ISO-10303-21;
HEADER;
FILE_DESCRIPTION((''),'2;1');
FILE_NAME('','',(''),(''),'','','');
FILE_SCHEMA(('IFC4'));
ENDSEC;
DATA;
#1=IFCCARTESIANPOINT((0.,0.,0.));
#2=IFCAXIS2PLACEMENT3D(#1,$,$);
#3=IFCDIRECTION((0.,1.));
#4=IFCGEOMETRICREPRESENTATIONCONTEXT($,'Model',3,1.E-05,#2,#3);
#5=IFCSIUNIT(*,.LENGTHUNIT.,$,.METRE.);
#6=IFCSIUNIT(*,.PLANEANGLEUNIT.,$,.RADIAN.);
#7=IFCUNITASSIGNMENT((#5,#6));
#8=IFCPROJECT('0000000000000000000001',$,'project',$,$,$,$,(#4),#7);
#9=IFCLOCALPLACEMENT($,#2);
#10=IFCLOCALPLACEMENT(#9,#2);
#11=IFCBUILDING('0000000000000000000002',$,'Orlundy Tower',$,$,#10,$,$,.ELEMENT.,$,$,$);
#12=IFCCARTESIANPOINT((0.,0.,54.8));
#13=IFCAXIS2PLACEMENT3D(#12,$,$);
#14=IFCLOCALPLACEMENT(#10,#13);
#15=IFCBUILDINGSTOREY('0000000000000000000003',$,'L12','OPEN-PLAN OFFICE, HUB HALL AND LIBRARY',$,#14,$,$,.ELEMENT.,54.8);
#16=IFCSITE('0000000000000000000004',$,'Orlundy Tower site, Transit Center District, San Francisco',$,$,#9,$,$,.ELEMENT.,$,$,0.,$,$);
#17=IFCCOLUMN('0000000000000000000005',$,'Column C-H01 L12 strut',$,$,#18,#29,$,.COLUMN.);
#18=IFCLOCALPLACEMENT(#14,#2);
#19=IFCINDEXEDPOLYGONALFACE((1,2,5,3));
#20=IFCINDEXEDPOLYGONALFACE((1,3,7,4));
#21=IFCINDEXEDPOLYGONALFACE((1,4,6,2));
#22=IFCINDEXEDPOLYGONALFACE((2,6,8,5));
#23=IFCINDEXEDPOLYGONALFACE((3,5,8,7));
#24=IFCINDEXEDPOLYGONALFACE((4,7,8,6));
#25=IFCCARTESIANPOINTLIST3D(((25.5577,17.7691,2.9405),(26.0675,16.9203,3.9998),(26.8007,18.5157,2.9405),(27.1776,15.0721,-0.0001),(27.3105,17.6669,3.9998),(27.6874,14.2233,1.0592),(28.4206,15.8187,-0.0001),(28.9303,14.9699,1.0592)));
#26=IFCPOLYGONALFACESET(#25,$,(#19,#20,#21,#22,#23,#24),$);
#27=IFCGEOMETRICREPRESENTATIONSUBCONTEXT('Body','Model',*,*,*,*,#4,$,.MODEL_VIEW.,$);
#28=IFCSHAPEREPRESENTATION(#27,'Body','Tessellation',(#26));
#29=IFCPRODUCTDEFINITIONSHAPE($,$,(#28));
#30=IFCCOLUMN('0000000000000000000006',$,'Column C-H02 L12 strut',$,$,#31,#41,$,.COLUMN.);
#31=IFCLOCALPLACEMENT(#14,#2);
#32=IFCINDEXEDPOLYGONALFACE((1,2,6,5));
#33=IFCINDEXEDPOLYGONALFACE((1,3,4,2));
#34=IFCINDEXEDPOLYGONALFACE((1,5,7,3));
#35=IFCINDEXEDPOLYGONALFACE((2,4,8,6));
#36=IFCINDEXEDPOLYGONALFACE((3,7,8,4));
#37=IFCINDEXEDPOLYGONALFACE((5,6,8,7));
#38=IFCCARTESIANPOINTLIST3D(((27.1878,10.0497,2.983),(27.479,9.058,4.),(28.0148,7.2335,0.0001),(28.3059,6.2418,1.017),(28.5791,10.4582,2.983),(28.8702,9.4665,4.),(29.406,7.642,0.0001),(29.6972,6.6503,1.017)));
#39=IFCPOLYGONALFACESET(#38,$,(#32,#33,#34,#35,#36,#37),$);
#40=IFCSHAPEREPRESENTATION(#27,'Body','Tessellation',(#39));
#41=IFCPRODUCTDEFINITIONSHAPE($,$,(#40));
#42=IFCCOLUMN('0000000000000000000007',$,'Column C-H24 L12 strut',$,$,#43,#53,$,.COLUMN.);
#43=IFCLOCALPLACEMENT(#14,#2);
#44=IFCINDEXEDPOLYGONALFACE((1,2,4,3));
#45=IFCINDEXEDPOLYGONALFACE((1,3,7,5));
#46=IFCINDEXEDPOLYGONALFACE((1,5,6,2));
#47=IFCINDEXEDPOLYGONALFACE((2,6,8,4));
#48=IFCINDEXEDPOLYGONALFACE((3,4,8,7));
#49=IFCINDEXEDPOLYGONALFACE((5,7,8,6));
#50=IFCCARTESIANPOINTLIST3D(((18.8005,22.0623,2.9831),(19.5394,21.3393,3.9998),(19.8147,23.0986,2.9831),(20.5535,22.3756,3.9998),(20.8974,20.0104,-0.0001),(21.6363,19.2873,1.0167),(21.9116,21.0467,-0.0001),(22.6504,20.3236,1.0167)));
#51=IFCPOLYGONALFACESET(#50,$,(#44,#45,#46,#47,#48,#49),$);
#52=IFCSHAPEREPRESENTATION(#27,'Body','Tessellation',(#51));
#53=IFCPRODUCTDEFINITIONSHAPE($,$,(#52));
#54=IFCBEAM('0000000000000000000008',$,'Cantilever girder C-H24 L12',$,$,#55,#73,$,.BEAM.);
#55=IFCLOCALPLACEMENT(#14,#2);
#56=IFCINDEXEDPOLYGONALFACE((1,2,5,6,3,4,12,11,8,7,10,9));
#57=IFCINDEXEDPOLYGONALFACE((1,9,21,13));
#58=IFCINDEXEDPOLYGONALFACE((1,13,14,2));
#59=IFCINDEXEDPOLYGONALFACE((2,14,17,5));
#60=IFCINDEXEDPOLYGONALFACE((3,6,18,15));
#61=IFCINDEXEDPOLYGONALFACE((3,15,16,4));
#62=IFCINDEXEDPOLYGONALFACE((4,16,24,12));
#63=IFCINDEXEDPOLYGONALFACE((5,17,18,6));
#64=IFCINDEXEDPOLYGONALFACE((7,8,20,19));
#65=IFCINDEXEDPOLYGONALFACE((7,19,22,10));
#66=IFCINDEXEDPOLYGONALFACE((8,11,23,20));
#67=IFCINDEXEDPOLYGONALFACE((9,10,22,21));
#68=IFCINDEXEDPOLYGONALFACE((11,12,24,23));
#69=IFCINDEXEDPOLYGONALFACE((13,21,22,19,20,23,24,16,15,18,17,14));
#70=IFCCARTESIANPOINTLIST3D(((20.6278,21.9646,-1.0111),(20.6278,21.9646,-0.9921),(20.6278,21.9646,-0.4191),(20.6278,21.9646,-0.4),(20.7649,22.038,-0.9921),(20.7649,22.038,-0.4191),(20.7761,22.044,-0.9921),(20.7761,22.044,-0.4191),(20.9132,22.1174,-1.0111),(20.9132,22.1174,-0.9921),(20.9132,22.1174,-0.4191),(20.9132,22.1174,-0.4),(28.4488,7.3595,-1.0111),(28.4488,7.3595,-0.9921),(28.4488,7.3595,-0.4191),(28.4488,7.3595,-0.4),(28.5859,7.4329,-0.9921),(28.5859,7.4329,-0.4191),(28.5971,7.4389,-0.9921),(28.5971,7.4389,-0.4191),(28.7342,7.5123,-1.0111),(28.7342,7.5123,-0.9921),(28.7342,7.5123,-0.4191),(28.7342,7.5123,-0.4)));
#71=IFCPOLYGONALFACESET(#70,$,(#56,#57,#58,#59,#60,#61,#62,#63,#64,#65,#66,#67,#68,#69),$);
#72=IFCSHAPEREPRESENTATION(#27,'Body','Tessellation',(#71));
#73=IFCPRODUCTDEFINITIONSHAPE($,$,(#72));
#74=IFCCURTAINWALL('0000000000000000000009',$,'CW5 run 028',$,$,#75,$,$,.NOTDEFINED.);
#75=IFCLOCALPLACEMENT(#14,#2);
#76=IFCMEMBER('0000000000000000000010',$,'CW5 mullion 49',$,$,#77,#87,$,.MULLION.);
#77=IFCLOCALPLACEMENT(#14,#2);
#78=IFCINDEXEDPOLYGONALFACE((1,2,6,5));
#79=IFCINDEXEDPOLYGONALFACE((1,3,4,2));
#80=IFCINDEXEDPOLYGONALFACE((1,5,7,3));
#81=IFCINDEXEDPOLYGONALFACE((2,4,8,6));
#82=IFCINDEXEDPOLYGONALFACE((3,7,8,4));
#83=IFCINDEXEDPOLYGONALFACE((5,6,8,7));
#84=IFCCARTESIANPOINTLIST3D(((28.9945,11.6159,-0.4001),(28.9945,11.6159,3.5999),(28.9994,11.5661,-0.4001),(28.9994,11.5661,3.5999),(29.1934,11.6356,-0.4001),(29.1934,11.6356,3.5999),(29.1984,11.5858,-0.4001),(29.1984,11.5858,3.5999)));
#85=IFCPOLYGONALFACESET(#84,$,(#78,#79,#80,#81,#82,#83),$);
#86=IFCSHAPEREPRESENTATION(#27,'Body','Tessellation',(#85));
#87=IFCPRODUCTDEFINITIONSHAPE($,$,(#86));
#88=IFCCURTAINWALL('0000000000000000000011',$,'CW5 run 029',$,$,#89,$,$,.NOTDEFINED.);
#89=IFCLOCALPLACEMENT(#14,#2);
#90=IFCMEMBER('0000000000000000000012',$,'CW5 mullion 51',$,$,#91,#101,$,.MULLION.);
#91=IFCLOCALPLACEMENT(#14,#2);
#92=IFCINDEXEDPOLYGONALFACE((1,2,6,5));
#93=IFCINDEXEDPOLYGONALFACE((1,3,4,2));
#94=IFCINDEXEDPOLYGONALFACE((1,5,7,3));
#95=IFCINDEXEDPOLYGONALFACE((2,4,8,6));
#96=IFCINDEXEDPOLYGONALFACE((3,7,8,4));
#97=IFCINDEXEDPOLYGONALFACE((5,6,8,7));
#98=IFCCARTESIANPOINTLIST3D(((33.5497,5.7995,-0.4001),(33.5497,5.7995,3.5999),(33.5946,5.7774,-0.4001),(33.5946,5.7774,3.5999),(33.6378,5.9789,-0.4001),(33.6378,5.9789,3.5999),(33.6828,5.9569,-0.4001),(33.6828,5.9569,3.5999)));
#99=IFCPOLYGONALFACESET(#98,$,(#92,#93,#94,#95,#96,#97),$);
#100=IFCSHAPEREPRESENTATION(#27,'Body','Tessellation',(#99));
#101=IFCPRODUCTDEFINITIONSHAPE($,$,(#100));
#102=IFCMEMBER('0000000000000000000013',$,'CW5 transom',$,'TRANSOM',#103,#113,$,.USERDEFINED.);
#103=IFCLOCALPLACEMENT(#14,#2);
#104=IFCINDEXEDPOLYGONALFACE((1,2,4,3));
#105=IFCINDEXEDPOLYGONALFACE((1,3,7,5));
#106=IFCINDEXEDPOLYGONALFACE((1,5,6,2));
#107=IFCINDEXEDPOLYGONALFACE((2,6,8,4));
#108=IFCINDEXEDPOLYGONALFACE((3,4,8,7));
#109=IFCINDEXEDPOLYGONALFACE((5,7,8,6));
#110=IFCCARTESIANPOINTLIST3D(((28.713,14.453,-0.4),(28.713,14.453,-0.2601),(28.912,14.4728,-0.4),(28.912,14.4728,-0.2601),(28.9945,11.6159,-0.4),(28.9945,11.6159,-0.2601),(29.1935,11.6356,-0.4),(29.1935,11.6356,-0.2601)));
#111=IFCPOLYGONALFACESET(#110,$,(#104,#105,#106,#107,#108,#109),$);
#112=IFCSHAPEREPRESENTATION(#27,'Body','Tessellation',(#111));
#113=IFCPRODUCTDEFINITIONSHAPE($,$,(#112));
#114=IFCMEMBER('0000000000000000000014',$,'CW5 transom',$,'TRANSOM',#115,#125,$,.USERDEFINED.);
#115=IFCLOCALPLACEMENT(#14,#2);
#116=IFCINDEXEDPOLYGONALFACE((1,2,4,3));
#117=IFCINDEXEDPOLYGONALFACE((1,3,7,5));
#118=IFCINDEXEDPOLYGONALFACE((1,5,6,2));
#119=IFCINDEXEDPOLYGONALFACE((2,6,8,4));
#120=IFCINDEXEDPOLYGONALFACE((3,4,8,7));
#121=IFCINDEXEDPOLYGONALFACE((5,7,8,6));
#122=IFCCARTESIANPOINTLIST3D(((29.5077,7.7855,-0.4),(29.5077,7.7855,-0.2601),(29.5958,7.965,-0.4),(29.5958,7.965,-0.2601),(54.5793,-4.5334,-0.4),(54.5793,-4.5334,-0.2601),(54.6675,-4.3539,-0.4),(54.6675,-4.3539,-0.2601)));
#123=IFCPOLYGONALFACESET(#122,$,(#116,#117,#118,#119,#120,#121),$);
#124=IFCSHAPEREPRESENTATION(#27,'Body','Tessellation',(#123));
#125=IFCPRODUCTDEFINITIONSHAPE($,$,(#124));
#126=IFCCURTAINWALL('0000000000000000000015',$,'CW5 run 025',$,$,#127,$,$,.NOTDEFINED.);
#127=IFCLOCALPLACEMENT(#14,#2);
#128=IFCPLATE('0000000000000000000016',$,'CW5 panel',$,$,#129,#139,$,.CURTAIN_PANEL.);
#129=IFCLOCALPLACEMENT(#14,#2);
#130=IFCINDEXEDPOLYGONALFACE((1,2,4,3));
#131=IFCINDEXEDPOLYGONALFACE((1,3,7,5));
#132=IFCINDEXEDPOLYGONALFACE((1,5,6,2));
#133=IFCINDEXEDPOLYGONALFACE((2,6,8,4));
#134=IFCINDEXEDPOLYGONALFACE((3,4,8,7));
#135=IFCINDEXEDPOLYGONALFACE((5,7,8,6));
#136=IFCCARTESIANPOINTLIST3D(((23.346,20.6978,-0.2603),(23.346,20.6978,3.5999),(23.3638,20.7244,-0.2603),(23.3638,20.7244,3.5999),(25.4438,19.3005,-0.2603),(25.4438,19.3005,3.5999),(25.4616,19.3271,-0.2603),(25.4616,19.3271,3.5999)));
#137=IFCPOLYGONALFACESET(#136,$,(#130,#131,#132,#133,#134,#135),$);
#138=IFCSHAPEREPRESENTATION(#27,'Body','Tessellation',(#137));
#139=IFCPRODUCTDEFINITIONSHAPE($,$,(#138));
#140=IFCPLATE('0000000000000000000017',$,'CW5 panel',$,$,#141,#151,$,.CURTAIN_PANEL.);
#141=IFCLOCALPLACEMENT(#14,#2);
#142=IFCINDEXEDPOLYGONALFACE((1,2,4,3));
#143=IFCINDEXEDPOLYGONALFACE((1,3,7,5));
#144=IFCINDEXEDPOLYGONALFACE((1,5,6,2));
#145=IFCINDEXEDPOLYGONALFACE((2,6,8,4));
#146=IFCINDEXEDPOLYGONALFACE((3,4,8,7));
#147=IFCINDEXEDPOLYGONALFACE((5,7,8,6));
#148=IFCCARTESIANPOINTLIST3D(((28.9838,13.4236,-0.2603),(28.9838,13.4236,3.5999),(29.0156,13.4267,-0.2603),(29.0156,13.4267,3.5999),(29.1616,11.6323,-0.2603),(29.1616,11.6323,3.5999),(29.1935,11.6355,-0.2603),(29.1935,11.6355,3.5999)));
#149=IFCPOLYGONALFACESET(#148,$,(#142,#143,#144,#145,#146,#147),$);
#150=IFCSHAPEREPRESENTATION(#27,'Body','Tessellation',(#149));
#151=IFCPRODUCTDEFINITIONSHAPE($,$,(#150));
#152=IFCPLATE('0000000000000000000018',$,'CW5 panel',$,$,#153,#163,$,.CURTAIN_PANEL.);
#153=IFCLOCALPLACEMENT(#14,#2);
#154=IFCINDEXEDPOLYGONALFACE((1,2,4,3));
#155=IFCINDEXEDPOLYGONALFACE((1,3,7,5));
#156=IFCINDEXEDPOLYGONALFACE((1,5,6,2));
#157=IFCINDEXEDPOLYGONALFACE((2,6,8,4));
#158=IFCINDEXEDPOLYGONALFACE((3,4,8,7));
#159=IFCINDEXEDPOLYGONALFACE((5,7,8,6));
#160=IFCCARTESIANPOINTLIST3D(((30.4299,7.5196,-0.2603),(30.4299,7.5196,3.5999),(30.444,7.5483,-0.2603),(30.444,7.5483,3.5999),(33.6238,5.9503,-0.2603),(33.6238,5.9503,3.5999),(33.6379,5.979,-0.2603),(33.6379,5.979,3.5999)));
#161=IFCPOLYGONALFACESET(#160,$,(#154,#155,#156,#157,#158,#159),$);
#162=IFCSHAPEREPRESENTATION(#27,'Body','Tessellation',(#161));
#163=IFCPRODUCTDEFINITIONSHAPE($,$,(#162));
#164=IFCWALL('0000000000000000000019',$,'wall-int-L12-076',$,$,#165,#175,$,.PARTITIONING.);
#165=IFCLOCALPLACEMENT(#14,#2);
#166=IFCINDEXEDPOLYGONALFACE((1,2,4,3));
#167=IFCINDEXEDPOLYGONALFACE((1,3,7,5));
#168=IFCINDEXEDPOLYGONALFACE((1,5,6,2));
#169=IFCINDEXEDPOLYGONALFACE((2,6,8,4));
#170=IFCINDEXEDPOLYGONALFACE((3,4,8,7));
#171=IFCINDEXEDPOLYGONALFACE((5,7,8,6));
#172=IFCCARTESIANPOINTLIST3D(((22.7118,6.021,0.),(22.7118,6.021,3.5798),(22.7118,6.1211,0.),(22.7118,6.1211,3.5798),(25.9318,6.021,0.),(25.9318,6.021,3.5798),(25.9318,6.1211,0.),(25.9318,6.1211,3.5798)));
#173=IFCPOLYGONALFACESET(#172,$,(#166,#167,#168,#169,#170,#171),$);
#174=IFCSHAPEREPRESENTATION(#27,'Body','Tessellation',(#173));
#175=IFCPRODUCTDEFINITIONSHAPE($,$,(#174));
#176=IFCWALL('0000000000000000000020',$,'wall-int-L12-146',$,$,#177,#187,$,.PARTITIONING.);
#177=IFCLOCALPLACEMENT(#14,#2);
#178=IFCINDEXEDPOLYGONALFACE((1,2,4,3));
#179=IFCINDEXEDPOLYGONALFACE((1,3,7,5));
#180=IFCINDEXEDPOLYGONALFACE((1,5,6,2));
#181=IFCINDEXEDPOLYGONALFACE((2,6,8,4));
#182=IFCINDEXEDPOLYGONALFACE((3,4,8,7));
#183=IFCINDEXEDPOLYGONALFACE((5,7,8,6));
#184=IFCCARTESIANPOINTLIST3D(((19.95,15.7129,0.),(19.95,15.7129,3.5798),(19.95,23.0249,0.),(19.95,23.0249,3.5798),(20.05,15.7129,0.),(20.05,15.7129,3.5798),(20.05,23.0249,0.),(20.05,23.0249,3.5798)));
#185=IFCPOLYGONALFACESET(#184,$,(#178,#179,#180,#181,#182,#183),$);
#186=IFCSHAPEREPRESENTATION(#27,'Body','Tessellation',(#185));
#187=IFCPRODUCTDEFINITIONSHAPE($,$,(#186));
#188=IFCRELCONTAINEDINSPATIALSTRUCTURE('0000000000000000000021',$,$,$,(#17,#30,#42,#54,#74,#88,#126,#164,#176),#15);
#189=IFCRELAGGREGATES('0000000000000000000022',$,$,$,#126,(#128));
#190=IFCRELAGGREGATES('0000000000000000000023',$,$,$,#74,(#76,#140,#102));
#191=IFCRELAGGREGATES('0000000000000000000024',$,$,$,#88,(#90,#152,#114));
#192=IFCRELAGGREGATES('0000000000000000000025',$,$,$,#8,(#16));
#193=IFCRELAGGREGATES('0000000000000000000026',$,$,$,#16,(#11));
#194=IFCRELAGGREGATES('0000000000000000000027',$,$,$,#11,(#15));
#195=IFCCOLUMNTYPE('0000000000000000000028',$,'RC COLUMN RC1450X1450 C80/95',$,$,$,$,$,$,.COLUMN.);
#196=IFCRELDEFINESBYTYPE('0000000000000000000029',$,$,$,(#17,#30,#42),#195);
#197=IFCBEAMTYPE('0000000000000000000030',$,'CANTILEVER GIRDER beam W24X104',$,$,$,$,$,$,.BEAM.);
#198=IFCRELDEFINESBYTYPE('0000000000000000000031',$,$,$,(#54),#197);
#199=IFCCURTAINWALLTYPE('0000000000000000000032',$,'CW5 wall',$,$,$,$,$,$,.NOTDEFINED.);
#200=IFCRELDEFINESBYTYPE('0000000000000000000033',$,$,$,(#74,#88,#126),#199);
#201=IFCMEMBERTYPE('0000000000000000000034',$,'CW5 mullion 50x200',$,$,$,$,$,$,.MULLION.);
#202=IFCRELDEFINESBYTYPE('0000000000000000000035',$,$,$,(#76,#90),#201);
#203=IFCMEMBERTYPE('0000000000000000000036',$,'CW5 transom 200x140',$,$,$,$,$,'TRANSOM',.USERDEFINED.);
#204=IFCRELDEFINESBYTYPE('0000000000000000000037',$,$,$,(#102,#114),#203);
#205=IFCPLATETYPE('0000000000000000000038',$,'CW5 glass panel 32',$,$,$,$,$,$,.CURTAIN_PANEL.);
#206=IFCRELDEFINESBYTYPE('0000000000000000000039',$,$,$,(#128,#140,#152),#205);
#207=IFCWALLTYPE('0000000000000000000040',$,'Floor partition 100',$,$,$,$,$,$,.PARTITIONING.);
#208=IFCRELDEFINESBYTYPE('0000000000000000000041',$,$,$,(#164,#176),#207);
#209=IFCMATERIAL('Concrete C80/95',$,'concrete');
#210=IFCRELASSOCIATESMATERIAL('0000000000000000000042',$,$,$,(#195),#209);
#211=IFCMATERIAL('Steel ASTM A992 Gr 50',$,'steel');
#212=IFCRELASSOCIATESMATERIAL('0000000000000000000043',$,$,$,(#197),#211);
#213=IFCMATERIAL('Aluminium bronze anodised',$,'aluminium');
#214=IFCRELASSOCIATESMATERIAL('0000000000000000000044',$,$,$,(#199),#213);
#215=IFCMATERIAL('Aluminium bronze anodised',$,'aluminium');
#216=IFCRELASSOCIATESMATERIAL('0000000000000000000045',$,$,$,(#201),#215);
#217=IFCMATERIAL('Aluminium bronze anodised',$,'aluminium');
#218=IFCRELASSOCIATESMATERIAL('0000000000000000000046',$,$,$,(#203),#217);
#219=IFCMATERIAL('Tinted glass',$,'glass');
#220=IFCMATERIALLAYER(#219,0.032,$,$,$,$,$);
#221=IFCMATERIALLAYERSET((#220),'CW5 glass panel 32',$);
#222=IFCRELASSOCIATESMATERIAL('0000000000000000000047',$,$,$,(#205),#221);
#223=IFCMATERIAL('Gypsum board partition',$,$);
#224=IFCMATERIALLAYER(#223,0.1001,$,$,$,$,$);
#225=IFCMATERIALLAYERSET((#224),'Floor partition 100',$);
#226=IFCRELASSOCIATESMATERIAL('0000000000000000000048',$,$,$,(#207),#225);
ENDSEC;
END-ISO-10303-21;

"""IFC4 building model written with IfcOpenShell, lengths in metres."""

from ifc_helpers import new_model, si_unit, direction, frame, frame_2d, origin, origin_2d, place, context, subcontext, project, spatial, rectangle, i_section, extrude, material, layer, layer_set, material_profile, profile_set, type_object, element, aggregate, save


model = new_model("IFC4")

# Units and contexts
model_context = context("Model", 3, precision=1e-05, world=origin(), true_north=direction((0.0, 1.0)))
body_context = subcontext(model_context, "Body", "Model", "MODEL_VIEW")
ifc_project = project(units=[si_unit("LENGTHUNIT", "METRE"), si_unit("PLANEANGLEUNIT", "RADIAN")], contexts=[model_context])

# Site, building, storey
site_placement = place(None, origin())
site = spatial("IfcSite", under=ifc_project, at=site_placement, Name="Orlundy Tower site, Transit Center District, San Francisco", CompositionType="ELEMENT", RefElevation=0.0)
building_placement = place(site_placement, origin())
building = spatial("IfcBuilding", under=site, at=building_placement, Name="Orlundy Tower", CompositionType="ELEMENT")
storey_placement = place(building_placement, frame((0.0, 0.0, 54.8)))
storey = spatial("IfcBuildingStorey", under=building, at=storey_placement, Name="L12", Description="OPEN-PLAN OFFICE, HUB HALL AND LIBRARY", CompositionType="ELEMENT", Elevation=54.8)

# Columns
ifc_material_1 = material(Name="Concrete C80/95", Category="concrete")
ifc_material_profile_1 = material_profile(ifc_material_1, rectangle(XDim=1.45, YDim=1.45, at=origin_2d()), Name="RC1450X1450")
ifc_profile_set_1 = profile_set([ifc_material_profile_1], Name="Concrete C80/95")
column_type = type_object("IfcColumnType", Name="RC COLUMN RC1450X1450 C80/95", PredefinedType="COLUMN", material=ifc_profile_set_1)
column_1_placement = place(storey_placement, frame((28.054, 15.021, 0.5295), z_axis=(-0.376151, 0.626275, 0.682854), x_axis=(-0.85726, -0.514884, 0.0)))
element("IfcColumn", 1, at=column_1_placement, inside=storey, type_object=column_type, Name="Column C-H01 L12 strut", PredefinedType="COLUMN", context=body_context, shape_type="SweptSolid", body=[
    extrude(rectangle(XDim=1.45, YDim=1.45, at=origin_2d()), origin(), (0.0, 0.0, 1.0), 4.3064),
])
column_2_placement = place(storey_placement, frame((28.856, 6.9419, 0.5085), z_axis=(-0.197599, 0.672955, 0.712802), x_axis=(-0.959493, -0.281734, 0.0)))
element("IfcColumn", 2, at=column_2_placement, inside=storey, type_object=column_type, Name="Column C-H02 L12 strut", PredefinedType="COLUMN", context=body_context, shape_type="SweptSolid", body=[
    extrude(rectangle(XDim=1.45, YDim=1.45, at=origin_2d()), origin(), (0.0, 0.0, 1.0), 4.1848),
])
column_3_placement = place(storey_placement, frame((21.7739, 20.167, 0.5083), z_axis=(-0.50116, 0.490424, 0.712967), x_axis=(-0.69941, -0.714721, 0.0)))
element("IfcColumn", 3, at=column_3_placement, inside=storey, type_object=column_type, Name="Column C-H24 L12 strut", PredefinedType="COLUMN", context=body_context, shape_type="SweptSolid", body=[
    extrude(rectangle(XDim=1.45, YDim=1.45, at=origin_2d()), origin(), (0.0, 0.0, 1.0), 4.1841),
])

# Beam
ifc_material_2 = material(Name="Steel ASTM A992 Gr 50", Category="steel")
ifc_material_profile_2 = material_profile(ifc_material_2, i_section(OverallWidth=0.3237, OverallDepth=0.6111, WebThickness=0.0127, FlangeThickness=0.019, at=origin_2d()), Name="W24X104")
ifc_profile_set_2 = profile_set([ifc_material_profile_2], Name="Steel ASTM A992 Gr 50")
beam_type = type_object("IfcBeamType", Name="CANTILEVER GIRDER beam W24X104", PredefinedType="BEAM", material=ifc_profile_set_2)
beam_placement = place(storey_placement, frame((20.7705, 22.041, -0.7056), z_axis=(0.472072, -0.88156, 0.0), x_axis=(0.88156, 0.472072, 0.0)))
element("IfcBeam", 4, at=beam_placement, inside=storey, type_object=beam_type, Name="Cantilever girder C-H24 L12", PredefinedType="BEAM", context=body_context, shape_type="SweptSolid", body=[
    extrude(i_section(OverallWidth=0.3237, OverallDepth=0.6111, WebThickness=0.0127, FlangeThickness=0.019, at=origin_2d()), origin(), (0.0, 0.0, 1.0), 16.5674),
])

# Curtain walls, members
ifc_material_3 = material(Name="Aluminium bronze anodised", Category="aluminium")
curtain_wall_type = type_object("IfcCurtainWallType", Name="CW5 wall", PredefinedType="NOTDEFINED", material=ifc_material_3)
curtain_wall_1_placement = place(storey_placement, origin())
curtain_wall_1 = element("IfcCurtainWall", 5, at=curtain_wall_1_placement, inside=storey, type_object=curtain_wall_type, Name="CW5 run 028", PredefinedType="NOTDEFINED")
ifc_material_4 = material(Name="Aluminium bronze anodised", Category="aluminium")
ifc_material_profile_3 = material_profile(ifc_material_4, rectangle(XDim=0.2, YDim=0.05, at=origin_2d()), Name="CW5 mullion 50x200")
ifc_profile_set_3 = profile_set([ifc_material_profile_3], Name="Aluminium bronze anodised")
member_type_1 = type_object("IfcMemberType", Name="CW5 mullion 50x200", PredefinedType="MULLION", material=ifc_profile_set_3)
member_1_placement = place(storey_placement, frame((29.0964, 11.6008, -0.4001), z_axis=(0.0, 0.0, 1.0), x_axis=(0.995108, 0.098792, 0.0)))
member_1 = element("IfcMember", 6, at=member_1_placement, type_object=member_type_1, Name="CW5 mullion 49", PredefinedType="MULLION", context=body_context, shape_type="SweptSolid", body=[
    extrude(rectangle(XDim=0.2, YDim=0.05, at=origin_2d()), origin(), (0.0, 0.0, 1.0), 4.0),
])
curtain_wall_2_placement = place(storey_placement, origin())
curtain_wall_2 = element("IfcCurtainWall", 7, at=curtain_wall_2_placement, inside=storey, type_object=curtain_wall_type, Name="CW5 run 029", PredefinedType="NOTDEFINED")
member_2_placement = place(storey_placement, frame((33.6162, 5.8782, -0.4001), z_axis=(0.0, 0.0, 1.0), x_axis=(0.440983, 0.897515, 0.0)))
member_2 = element("IfcMember", 8, at=member_2_placement, type_object=member_type_1, Name="CW5 mullion 51", PredefinedType="MULLION", context=body_context, shape_type="SweptSolid", body=[
    extrude(rectangle(XDim=0.2, YDim=0.05, at=origin_2d()), origin(), (0.0, 0.0, 1.0), 4.0),
])

# Members
ifc_material_5 = material(Name="Aluminium bronze anodised", Category="aluminium")
ifc_material_profile_4 = material_profile(ifc_material_5, rectangle(XDim=0.2, YDim=0.1399, at=origin_2d()), Name="CW5 transom 200x140")
ifc_profile_set_4 = profile_set([ifc_material_profile_4], Name="Aluminium bronze anodised")
member_type_2 = type_object("IfcMemberType", Name="CW5 transom 200x140", ElementType="TRANSOM", PredefinedType="USERDEFINED", material=ifc_profile_set_4)
member_3_placement = place(storey_placement, frame((28.8125, 14.4629, -0.3301), z_axis=(0.098732, -0.995114, 0.0), x_axis=(0.995114, 0.098732, 0.0)))
member_3 = element("IfcMember", 9, at=member_3_placement, type_object=member_type_2, Name="CW5 transom", ObjectType="TRANSOM", PredefinedType="USERDEFINED", context=body_context, shape_type="SweptSolid", body=[
    extrude(rectangle(XDim=0.2, YDim=0.1399, at=origin_2d()), origin(), (0.0, 0.0, 1.0), 2.8511),
])
member_4_placement = place(storey_placement, frame((29.5518, 7.8752, -0.3301), z_axis=(0.897512, -0.440991, 0.0), x_axis=(0.440991, 0.897512, 0.0)))
member_4 = element("IfcMember", 10, at=member_4_placement, type_object=member_type_2, Name="CW5 transom", ObjectType="TRANSOM", PredefinedType="USERDEFINED", context=body_context, shape_type="SweptSolid", body=[
    extrude(rectangle(XDim=0.2, YDim=0.1399, at=origin_2d()), origin(), (0.0, 0.0, 1.0), 27.9346),
])

# Curtain wall, plate
curtain_wall_3_placement = place(storey_placement, origin())
curtain_wall_3 = element("IfcCurtainWall", 11, at=curtain_wall_3_placement, inside=storey, type_object=curtain_wall_type, Name="CW5 run 025", PredefinedType="NOTDEFINED")
ifc_material_6 = material(Name="Tinted glass", Category="glass")
ifc_layer_1 = layer(ifc_material_6, 0.032)
ifc_layer_set_1 = layer_set([ifc_layer_1], Name="CW5 glass panel 32")
plate_type = type_object("IfcPlateType", Name="CW5 glass panel 32", PredefinedType="CURTAIN_PANEL", material=ifc_layer_set_1)
plate_1_placement = place(storey_placement, frame((24.4038, 20.0125, -0.2603), z_axis=(0.0, 0.0, 1.0), x_axis=(0.832289, -0.554342, 0.0)))
plate_1 = element("IfcPlate", 12, at=plate_1_placement, type_object=plate_type, Name="CW5 panel", PredefinedType="CURTAIN_PANEL", context=body_context, shape_type="SweptSolid", body=[
    extrude(rectangle(XDim=2.5205, YDim=0.032, at=origin_2d()), origin(), (0.0, 0.0, 1.0), 3.8601),
])
aggregate(curtain_wall_3, [plate_1])

# Plates
plate_2_placement = place(storey_placement, frame((29.0886, 12.5295, -0.2603), z_axis=(0.0, 0.0, 1.0), x_axis=(0.098792, -0.995108, 0.0)))
plate_2 = element("IfcPlate", 13, at=plate_2_placement, type_object=plate_type, Name="CW5 panel", PredefinedType="CURTAIN_PANEL", context=body_context, shape_type="SweptSolid", body=[
    extrude(rectangle(XDim=1.8, YDim=0.032, at=origin_2d()), origin(), (0.0, 0.0, 1.0), 3.8601),
])
aggregate(curtain_wall_1, [member_1, plate_2, member_3])
plate_3_placement = place(storey_placement, frame((32.0339, 6.7493, -0.2603), z_axis=(0.0, 0.0, 1.0), x_axis=(0.897515, -0.440983, 0.0)))
plate_3 = element("IfcPlate", 14, at=plate_3_placement, type_object=plate_type, Name="CW5 panel", PredefinedType="CURTAIN_PANEL", context=body_context, shape_type="SweptSolid", body=[
    extrude(rectangle(XDim=3.5586, YDim=0.032, at=origin_2d()), origin(), (0.0, 0.0, 1.0), 3.8601),
])
aggregate(curtain_wall_2, [member_2, plate_3, member_4])

# Walls
ifc_material_7 = material(Name="Gypsum board partition")
ifc_layer_2 = layer(ifc_material_7, 0.1001)
ifc_layer_set_2 = layer_set([ifc_layer_2], Name="Floor partition 100")
wall_type_1 = type_object("IfcWallType", Name="Floor partition 100", PredefinedType="PARTITIONING", material=ifc_layer_set_2)
wall_1_placement = place(storey_placement, frame((22.7119, 6.071, 0.0), z_axis=(0.0, 0.0, 1.0), x_axis=(1.0, 0.0, 0.0)))
element("IfcWall", 15, at=wall_1_placement, inside=storey, type_object=wall_type_1, Name="wall-int-L12-076", PredefinedType="PARTITIONING", context=body_context, shape_type="SweptSolid", body=[
    extrude(rectangle(XDim=3.22, YDim=0.1001, at=frame_2d((1.6099, 0.0))), origin(), (0.0, 0.0, 1.0), 3.5798),
])
wall_2_placement = place(storey_placement, frame((20.0, 15.7129, 0.0), z_axis=(0.0, 0.0, 1.0), x_axis=(0.0, 1.0, 0.0)))
element("IfcWall", 16, at=wall_2_placement, inside=storey, type_object=wall_type_1, Name="wall-int-L12-146", PredefinedType="PARTITIONING", context=body_context, shape_type="SweptSolid", body=[
    extrude(rectangle(XDim=7.312, YDim=0.1001, at=frame_2d((3.656, 0.0))), origin(), (0.0, 0.0, 1.0), 3.5798),
])

save(model, "model.ifc")
